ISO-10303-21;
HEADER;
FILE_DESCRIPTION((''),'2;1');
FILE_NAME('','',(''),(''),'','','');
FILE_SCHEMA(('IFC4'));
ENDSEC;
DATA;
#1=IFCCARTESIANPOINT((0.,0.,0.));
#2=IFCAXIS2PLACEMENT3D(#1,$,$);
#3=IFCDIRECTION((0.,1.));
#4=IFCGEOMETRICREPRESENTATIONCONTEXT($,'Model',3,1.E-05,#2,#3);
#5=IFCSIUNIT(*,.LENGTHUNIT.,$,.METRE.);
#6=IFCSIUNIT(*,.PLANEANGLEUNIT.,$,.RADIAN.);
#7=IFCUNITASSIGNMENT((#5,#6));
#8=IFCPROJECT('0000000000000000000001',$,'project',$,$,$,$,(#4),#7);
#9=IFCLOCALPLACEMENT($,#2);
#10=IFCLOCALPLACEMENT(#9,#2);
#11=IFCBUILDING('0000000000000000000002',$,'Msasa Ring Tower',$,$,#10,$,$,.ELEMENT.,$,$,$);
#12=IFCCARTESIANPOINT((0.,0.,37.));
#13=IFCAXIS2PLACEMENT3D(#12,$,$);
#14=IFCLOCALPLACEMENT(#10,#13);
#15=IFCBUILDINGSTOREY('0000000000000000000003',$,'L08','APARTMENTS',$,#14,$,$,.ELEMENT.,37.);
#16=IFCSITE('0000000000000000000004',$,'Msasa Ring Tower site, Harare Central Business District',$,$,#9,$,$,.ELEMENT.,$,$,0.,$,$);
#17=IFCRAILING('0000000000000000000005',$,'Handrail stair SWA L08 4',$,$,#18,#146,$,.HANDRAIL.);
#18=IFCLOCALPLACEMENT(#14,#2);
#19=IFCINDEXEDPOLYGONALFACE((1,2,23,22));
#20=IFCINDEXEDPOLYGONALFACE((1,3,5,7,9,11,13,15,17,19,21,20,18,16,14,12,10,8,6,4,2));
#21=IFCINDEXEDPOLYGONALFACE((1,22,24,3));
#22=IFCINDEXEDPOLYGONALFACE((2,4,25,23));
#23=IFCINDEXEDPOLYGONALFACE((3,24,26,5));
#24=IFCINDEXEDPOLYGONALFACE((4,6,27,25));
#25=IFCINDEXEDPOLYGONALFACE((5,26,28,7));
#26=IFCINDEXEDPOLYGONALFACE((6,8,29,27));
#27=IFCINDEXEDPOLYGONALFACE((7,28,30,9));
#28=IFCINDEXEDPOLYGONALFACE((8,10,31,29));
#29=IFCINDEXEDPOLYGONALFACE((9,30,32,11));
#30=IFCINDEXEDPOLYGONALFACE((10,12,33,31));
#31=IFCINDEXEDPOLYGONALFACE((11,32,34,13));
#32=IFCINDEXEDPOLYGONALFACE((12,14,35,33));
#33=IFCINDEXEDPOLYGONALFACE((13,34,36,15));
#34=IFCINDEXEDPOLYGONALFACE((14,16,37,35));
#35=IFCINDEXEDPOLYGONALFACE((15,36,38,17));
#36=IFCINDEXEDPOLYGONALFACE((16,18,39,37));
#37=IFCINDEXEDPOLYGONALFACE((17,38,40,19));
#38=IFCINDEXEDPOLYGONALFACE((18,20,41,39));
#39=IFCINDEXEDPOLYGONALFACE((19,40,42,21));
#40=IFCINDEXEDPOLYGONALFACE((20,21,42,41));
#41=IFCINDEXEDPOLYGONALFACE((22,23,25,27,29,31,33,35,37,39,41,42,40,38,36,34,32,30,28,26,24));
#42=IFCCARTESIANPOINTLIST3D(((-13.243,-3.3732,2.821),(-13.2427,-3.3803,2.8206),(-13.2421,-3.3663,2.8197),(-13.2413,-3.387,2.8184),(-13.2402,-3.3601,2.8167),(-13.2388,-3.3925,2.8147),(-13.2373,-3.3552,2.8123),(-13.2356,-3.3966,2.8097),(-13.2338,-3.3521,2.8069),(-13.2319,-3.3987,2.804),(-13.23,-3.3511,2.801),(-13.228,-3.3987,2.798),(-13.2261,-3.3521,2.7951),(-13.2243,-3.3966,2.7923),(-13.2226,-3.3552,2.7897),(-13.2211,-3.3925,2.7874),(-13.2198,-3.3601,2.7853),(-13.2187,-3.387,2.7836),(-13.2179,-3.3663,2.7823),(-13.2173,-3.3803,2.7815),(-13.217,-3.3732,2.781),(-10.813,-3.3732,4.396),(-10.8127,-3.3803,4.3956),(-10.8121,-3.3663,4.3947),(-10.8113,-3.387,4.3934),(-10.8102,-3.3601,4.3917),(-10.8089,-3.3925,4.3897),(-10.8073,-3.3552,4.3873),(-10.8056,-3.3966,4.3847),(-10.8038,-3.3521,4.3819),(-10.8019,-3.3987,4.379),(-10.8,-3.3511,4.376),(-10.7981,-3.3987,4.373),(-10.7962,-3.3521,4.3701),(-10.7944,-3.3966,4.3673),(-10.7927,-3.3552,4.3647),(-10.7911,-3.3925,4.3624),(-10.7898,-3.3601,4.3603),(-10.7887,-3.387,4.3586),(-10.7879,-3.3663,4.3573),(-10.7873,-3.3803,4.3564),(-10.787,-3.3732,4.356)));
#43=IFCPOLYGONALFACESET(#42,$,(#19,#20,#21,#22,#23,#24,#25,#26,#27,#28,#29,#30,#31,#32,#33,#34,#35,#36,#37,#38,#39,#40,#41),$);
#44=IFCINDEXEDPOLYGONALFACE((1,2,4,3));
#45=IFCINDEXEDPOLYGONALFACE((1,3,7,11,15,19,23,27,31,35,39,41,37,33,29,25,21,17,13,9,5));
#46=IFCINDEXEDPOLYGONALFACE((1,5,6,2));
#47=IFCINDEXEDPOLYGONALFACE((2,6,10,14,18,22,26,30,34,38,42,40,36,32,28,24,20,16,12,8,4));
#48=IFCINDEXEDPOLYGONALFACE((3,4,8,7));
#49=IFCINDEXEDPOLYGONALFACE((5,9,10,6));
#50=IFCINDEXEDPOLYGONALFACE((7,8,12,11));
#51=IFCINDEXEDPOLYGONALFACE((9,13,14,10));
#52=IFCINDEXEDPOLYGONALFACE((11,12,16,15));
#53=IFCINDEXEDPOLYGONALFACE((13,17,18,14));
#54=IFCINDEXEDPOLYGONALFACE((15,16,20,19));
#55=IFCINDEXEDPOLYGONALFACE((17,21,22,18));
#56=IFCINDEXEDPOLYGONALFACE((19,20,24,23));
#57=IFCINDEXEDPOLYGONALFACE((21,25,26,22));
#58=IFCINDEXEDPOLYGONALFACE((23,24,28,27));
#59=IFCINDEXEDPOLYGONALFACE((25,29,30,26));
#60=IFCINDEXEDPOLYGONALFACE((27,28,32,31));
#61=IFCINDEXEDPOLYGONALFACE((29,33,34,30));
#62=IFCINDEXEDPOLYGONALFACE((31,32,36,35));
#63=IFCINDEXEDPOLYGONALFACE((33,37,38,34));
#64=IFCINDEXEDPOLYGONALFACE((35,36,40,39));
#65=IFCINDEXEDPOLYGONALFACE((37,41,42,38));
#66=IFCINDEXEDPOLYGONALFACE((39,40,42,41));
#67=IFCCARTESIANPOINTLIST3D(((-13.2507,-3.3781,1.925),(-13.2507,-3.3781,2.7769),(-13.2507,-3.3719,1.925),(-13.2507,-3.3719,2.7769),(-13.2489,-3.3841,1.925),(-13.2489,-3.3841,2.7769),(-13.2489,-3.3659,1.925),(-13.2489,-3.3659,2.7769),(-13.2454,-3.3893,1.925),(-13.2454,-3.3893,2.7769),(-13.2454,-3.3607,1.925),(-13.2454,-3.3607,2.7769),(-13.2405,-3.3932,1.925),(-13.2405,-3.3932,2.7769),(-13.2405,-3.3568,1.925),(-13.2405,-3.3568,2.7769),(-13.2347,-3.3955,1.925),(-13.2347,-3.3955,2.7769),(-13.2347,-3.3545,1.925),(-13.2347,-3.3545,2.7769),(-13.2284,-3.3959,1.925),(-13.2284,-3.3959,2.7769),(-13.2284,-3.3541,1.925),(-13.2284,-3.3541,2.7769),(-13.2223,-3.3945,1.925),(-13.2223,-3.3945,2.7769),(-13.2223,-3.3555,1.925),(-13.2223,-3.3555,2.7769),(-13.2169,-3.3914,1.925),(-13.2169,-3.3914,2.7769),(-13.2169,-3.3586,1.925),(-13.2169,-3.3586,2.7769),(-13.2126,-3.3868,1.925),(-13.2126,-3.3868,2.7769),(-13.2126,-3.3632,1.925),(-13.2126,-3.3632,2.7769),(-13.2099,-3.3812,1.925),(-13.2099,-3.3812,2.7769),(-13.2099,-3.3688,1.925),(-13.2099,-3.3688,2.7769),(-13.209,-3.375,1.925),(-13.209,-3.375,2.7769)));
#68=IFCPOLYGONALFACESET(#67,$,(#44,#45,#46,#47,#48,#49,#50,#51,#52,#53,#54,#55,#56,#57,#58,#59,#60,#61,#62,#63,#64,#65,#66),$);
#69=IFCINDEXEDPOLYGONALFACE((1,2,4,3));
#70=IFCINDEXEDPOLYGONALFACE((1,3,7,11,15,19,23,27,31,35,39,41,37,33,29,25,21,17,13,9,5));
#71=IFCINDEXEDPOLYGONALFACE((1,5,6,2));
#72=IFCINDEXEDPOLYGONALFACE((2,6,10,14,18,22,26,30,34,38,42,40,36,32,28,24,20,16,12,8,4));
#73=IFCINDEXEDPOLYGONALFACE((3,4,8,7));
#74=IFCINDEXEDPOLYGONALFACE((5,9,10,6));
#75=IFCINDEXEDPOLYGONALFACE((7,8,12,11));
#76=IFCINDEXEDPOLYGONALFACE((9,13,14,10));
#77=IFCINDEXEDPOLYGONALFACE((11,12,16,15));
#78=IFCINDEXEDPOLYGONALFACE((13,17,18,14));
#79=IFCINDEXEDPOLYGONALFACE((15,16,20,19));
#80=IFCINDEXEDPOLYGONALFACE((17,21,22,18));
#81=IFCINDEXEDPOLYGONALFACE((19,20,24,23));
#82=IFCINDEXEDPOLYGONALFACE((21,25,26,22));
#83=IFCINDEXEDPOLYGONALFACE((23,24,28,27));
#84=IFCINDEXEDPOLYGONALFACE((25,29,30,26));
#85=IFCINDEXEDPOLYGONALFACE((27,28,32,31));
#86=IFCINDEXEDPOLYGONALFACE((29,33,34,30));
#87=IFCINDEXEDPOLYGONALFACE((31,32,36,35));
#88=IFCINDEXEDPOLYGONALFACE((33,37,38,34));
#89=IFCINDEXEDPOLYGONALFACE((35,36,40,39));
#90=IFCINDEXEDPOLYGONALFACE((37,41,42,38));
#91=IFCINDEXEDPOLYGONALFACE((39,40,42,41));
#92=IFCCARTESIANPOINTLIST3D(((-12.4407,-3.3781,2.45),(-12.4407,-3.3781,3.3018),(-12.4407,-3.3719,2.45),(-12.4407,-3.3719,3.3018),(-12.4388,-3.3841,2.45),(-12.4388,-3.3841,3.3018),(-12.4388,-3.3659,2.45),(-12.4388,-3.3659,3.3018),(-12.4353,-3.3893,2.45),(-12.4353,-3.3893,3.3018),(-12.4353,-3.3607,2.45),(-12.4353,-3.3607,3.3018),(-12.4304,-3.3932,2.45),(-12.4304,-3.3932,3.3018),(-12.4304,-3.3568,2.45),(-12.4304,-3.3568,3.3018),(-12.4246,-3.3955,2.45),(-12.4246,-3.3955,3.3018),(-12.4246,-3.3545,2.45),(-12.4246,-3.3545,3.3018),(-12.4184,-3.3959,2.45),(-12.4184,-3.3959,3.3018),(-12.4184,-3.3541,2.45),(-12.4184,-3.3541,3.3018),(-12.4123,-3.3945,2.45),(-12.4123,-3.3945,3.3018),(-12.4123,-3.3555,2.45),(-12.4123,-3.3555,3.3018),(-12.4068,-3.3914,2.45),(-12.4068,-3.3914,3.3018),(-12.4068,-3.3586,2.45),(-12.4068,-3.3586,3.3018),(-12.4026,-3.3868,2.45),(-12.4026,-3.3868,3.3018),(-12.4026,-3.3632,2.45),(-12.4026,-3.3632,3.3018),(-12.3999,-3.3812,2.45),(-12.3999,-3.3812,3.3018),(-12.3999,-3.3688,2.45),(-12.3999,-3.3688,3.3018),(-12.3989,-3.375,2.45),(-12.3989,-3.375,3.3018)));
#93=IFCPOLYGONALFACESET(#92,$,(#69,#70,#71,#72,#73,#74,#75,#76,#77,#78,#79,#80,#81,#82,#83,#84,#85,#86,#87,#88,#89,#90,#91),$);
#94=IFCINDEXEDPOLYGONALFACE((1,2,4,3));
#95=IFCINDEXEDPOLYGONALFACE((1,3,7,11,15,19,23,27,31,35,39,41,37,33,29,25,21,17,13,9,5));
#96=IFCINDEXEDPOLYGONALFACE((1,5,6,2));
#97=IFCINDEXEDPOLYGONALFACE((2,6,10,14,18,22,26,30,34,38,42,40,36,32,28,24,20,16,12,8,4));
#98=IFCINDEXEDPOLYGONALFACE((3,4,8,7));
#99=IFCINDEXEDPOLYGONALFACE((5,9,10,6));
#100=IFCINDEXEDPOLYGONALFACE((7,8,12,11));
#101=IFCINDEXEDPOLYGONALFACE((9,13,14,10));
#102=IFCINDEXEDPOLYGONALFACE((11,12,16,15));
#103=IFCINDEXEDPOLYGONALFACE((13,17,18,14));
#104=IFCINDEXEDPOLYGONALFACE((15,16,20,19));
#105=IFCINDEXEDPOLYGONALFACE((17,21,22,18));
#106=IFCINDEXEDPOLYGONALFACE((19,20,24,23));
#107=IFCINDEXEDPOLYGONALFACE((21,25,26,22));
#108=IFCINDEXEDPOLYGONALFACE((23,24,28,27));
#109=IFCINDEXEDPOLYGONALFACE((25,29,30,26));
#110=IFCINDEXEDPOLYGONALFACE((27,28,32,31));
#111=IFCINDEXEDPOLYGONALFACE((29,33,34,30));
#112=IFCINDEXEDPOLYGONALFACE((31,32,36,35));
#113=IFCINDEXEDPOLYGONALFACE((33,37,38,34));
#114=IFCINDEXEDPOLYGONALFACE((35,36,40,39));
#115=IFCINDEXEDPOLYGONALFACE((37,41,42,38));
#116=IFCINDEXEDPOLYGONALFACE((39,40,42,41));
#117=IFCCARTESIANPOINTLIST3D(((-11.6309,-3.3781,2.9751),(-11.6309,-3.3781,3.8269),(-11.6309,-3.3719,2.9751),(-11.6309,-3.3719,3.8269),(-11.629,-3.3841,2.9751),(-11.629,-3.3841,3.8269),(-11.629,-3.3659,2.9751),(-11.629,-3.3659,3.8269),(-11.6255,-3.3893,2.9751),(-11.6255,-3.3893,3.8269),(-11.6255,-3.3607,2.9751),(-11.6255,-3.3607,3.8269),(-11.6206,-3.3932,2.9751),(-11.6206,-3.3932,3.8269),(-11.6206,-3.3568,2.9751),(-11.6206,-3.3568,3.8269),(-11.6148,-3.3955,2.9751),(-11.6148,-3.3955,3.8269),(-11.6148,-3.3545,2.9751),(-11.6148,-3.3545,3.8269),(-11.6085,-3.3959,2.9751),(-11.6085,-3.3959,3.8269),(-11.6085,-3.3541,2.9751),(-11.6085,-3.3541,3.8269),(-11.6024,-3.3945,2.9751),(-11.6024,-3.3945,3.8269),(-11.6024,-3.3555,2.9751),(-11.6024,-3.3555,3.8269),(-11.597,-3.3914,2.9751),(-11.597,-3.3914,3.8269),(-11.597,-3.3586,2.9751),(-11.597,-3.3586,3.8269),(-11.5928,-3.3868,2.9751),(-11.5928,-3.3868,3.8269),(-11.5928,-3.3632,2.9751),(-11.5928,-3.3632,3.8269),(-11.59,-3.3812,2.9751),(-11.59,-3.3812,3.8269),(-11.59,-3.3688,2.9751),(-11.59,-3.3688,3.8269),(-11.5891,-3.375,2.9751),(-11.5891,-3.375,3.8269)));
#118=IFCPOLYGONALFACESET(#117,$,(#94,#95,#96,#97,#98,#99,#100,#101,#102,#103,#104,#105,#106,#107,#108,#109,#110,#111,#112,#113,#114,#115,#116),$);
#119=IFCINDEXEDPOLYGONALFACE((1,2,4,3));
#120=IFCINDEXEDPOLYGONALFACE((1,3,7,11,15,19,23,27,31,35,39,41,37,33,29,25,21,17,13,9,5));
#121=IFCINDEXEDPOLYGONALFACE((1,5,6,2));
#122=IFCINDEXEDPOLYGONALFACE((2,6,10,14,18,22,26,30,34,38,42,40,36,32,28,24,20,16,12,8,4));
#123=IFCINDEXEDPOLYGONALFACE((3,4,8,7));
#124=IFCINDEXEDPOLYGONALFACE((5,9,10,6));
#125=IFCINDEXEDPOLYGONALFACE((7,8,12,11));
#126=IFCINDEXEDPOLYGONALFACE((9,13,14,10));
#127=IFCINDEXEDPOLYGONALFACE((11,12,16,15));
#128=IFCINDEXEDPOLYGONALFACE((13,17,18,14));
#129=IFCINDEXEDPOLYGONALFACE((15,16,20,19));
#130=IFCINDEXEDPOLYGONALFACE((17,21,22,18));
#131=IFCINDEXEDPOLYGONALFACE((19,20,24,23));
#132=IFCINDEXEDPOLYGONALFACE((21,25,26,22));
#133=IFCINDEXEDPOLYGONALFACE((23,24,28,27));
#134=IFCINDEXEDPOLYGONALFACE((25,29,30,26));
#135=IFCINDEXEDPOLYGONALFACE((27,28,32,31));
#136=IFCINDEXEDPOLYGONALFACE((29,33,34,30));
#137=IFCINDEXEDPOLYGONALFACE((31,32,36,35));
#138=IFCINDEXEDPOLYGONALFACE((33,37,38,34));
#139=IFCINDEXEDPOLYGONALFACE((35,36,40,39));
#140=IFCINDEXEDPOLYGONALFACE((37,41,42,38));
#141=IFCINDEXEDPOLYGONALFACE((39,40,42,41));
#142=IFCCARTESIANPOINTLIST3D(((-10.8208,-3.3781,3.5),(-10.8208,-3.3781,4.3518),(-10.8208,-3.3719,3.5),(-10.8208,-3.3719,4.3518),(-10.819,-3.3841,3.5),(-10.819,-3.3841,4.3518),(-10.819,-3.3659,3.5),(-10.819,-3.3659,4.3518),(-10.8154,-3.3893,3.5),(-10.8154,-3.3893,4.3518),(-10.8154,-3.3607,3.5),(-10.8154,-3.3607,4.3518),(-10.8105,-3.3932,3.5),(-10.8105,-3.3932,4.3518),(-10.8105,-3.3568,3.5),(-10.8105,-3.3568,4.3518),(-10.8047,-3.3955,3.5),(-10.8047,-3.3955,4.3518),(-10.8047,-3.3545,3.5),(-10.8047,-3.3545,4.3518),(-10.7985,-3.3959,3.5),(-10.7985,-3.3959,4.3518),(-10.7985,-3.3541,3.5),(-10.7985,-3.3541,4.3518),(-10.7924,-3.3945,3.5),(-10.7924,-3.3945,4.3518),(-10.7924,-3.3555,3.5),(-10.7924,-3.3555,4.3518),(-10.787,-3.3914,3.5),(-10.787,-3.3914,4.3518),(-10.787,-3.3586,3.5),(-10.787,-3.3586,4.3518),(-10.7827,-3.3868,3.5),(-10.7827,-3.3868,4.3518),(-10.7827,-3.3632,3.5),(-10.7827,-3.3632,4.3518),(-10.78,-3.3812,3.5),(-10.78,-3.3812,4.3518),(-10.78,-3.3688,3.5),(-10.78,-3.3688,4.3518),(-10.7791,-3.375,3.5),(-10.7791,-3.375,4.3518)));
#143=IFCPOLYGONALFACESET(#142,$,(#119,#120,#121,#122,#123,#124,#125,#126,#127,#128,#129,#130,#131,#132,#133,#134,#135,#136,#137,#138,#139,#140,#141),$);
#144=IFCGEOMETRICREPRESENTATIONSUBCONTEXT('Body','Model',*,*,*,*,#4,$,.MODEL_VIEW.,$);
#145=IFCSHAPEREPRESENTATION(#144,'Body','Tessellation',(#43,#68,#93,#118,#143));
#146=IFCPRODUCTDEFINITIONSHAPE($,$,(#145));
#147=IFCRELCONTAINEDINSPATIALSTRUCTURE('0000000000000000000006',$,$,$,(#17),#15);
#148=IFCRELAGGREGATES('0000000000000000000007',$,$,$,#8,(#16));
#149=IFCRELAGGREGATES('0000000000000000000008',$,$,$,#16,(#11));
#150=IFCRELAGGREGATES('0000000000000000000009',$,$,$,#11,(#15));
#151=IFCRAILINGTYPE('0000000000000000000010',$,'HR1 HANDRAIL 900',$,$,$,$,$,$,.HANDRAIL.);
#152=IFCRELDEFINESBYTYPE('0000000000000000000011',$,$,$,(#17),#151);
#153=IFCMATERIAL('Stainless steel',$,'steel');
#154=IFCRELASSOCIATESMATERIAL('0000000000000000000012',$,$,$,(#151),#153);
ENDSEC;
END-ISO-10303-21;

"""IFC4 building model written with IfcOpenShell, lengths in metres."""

from ifc_helpers import new_model, si_unit, direction, frame, origin, origin_2d, place, context, subcontext, project, spatial, circle, extrude, material, type_object, element, save


model = new_model("IFC4")

# Units and contexts
model_context = context("Model", 3, precision=1e-05, world=origin(), true_north=direction((0.0, 1.0)))
body_context = subcontext(model_context, "Body", "Model", "MODEL_VIEW")
ifc_project = project(units=[si_unit("LENGTHUNIT", "METRE"), si_unit("PLANEANGLEUNIT", "RADIAN")], contexts=[model_context])

# Site, building, storey
site_placement = place(None, origin())
site = spatial("IfcSite", under=ifc_project, at=site_placement, Name="Msasa Ring Tower site, Harare Central Business District", CompositionType="ELEMENT", RefElevation=0.0)
building_placement = place(site_placement, origin())
building = spatial("IfcBuilding", under=site, at=building_placement, Name="Msasa Ring Tower", CompositionType="ELEMENT")
storey_placement = place(building_placement, frame((0.0, 0.0, 37.0)))
storey = spatial("IfcBuildingStorey", under=building, at=storey_placement, Name="L08", Description="APARTMENTS", CompositionType="ELEMENT", Elevation=37.0)

# Railing
ifc_material_1 = material(Name="Stainless steel", Category="steel")
railing_type = type_object("IfcRailingType", Name="HR1 HANDRAIL 900", PredefinedType="HANDRAIL", material=ifc_material_1)
for number, where, name in (
    (1, (-13.23, -3.375, 1.925), "Handrail stair SWA L08 4"),
):
    element("IfcRailing", number, at=place(storey_placement, frame(where)), inside=storey, type_object=railing_type, Name=name, PredefinedType="HANDRAIL", context=body_context, shape_type="SweptSolid", body=[
        extrude(circle(Radius=0.0239, at=origin_2d()), frame((0.0, 0.0, 0.876), z_axis=(0.839154, 0.0, 0.543894), x_axis=(0.0, 1.0, 0.0)), (0.0, 0.0, 1.0), 2.8958),
        extrude(circle(Radius=0.021, at=origin_2d()), origin(), (0.0, 0.0, 1.0), 0.8518),
        extrude(circle(Radius=0.021, at=origin_2d()), frame((0.8101, 0.0, 0.5249)), (0.0, 0.0, 1.0), 0.8518),
        extrude(circle(Radius=0.021, at=origin_2d()), frame((1.6199, 0.0, 1.05)), (0.0, 0.0, 1.0), 0.8518),
        extrude(circle(Radius=0.021, at=origin_2d()), frame((2.4299, 0.0, 1.575)), (0.0, 0.0, 1.0), 0.8518),
    ])

save(model, "model.ifc")
